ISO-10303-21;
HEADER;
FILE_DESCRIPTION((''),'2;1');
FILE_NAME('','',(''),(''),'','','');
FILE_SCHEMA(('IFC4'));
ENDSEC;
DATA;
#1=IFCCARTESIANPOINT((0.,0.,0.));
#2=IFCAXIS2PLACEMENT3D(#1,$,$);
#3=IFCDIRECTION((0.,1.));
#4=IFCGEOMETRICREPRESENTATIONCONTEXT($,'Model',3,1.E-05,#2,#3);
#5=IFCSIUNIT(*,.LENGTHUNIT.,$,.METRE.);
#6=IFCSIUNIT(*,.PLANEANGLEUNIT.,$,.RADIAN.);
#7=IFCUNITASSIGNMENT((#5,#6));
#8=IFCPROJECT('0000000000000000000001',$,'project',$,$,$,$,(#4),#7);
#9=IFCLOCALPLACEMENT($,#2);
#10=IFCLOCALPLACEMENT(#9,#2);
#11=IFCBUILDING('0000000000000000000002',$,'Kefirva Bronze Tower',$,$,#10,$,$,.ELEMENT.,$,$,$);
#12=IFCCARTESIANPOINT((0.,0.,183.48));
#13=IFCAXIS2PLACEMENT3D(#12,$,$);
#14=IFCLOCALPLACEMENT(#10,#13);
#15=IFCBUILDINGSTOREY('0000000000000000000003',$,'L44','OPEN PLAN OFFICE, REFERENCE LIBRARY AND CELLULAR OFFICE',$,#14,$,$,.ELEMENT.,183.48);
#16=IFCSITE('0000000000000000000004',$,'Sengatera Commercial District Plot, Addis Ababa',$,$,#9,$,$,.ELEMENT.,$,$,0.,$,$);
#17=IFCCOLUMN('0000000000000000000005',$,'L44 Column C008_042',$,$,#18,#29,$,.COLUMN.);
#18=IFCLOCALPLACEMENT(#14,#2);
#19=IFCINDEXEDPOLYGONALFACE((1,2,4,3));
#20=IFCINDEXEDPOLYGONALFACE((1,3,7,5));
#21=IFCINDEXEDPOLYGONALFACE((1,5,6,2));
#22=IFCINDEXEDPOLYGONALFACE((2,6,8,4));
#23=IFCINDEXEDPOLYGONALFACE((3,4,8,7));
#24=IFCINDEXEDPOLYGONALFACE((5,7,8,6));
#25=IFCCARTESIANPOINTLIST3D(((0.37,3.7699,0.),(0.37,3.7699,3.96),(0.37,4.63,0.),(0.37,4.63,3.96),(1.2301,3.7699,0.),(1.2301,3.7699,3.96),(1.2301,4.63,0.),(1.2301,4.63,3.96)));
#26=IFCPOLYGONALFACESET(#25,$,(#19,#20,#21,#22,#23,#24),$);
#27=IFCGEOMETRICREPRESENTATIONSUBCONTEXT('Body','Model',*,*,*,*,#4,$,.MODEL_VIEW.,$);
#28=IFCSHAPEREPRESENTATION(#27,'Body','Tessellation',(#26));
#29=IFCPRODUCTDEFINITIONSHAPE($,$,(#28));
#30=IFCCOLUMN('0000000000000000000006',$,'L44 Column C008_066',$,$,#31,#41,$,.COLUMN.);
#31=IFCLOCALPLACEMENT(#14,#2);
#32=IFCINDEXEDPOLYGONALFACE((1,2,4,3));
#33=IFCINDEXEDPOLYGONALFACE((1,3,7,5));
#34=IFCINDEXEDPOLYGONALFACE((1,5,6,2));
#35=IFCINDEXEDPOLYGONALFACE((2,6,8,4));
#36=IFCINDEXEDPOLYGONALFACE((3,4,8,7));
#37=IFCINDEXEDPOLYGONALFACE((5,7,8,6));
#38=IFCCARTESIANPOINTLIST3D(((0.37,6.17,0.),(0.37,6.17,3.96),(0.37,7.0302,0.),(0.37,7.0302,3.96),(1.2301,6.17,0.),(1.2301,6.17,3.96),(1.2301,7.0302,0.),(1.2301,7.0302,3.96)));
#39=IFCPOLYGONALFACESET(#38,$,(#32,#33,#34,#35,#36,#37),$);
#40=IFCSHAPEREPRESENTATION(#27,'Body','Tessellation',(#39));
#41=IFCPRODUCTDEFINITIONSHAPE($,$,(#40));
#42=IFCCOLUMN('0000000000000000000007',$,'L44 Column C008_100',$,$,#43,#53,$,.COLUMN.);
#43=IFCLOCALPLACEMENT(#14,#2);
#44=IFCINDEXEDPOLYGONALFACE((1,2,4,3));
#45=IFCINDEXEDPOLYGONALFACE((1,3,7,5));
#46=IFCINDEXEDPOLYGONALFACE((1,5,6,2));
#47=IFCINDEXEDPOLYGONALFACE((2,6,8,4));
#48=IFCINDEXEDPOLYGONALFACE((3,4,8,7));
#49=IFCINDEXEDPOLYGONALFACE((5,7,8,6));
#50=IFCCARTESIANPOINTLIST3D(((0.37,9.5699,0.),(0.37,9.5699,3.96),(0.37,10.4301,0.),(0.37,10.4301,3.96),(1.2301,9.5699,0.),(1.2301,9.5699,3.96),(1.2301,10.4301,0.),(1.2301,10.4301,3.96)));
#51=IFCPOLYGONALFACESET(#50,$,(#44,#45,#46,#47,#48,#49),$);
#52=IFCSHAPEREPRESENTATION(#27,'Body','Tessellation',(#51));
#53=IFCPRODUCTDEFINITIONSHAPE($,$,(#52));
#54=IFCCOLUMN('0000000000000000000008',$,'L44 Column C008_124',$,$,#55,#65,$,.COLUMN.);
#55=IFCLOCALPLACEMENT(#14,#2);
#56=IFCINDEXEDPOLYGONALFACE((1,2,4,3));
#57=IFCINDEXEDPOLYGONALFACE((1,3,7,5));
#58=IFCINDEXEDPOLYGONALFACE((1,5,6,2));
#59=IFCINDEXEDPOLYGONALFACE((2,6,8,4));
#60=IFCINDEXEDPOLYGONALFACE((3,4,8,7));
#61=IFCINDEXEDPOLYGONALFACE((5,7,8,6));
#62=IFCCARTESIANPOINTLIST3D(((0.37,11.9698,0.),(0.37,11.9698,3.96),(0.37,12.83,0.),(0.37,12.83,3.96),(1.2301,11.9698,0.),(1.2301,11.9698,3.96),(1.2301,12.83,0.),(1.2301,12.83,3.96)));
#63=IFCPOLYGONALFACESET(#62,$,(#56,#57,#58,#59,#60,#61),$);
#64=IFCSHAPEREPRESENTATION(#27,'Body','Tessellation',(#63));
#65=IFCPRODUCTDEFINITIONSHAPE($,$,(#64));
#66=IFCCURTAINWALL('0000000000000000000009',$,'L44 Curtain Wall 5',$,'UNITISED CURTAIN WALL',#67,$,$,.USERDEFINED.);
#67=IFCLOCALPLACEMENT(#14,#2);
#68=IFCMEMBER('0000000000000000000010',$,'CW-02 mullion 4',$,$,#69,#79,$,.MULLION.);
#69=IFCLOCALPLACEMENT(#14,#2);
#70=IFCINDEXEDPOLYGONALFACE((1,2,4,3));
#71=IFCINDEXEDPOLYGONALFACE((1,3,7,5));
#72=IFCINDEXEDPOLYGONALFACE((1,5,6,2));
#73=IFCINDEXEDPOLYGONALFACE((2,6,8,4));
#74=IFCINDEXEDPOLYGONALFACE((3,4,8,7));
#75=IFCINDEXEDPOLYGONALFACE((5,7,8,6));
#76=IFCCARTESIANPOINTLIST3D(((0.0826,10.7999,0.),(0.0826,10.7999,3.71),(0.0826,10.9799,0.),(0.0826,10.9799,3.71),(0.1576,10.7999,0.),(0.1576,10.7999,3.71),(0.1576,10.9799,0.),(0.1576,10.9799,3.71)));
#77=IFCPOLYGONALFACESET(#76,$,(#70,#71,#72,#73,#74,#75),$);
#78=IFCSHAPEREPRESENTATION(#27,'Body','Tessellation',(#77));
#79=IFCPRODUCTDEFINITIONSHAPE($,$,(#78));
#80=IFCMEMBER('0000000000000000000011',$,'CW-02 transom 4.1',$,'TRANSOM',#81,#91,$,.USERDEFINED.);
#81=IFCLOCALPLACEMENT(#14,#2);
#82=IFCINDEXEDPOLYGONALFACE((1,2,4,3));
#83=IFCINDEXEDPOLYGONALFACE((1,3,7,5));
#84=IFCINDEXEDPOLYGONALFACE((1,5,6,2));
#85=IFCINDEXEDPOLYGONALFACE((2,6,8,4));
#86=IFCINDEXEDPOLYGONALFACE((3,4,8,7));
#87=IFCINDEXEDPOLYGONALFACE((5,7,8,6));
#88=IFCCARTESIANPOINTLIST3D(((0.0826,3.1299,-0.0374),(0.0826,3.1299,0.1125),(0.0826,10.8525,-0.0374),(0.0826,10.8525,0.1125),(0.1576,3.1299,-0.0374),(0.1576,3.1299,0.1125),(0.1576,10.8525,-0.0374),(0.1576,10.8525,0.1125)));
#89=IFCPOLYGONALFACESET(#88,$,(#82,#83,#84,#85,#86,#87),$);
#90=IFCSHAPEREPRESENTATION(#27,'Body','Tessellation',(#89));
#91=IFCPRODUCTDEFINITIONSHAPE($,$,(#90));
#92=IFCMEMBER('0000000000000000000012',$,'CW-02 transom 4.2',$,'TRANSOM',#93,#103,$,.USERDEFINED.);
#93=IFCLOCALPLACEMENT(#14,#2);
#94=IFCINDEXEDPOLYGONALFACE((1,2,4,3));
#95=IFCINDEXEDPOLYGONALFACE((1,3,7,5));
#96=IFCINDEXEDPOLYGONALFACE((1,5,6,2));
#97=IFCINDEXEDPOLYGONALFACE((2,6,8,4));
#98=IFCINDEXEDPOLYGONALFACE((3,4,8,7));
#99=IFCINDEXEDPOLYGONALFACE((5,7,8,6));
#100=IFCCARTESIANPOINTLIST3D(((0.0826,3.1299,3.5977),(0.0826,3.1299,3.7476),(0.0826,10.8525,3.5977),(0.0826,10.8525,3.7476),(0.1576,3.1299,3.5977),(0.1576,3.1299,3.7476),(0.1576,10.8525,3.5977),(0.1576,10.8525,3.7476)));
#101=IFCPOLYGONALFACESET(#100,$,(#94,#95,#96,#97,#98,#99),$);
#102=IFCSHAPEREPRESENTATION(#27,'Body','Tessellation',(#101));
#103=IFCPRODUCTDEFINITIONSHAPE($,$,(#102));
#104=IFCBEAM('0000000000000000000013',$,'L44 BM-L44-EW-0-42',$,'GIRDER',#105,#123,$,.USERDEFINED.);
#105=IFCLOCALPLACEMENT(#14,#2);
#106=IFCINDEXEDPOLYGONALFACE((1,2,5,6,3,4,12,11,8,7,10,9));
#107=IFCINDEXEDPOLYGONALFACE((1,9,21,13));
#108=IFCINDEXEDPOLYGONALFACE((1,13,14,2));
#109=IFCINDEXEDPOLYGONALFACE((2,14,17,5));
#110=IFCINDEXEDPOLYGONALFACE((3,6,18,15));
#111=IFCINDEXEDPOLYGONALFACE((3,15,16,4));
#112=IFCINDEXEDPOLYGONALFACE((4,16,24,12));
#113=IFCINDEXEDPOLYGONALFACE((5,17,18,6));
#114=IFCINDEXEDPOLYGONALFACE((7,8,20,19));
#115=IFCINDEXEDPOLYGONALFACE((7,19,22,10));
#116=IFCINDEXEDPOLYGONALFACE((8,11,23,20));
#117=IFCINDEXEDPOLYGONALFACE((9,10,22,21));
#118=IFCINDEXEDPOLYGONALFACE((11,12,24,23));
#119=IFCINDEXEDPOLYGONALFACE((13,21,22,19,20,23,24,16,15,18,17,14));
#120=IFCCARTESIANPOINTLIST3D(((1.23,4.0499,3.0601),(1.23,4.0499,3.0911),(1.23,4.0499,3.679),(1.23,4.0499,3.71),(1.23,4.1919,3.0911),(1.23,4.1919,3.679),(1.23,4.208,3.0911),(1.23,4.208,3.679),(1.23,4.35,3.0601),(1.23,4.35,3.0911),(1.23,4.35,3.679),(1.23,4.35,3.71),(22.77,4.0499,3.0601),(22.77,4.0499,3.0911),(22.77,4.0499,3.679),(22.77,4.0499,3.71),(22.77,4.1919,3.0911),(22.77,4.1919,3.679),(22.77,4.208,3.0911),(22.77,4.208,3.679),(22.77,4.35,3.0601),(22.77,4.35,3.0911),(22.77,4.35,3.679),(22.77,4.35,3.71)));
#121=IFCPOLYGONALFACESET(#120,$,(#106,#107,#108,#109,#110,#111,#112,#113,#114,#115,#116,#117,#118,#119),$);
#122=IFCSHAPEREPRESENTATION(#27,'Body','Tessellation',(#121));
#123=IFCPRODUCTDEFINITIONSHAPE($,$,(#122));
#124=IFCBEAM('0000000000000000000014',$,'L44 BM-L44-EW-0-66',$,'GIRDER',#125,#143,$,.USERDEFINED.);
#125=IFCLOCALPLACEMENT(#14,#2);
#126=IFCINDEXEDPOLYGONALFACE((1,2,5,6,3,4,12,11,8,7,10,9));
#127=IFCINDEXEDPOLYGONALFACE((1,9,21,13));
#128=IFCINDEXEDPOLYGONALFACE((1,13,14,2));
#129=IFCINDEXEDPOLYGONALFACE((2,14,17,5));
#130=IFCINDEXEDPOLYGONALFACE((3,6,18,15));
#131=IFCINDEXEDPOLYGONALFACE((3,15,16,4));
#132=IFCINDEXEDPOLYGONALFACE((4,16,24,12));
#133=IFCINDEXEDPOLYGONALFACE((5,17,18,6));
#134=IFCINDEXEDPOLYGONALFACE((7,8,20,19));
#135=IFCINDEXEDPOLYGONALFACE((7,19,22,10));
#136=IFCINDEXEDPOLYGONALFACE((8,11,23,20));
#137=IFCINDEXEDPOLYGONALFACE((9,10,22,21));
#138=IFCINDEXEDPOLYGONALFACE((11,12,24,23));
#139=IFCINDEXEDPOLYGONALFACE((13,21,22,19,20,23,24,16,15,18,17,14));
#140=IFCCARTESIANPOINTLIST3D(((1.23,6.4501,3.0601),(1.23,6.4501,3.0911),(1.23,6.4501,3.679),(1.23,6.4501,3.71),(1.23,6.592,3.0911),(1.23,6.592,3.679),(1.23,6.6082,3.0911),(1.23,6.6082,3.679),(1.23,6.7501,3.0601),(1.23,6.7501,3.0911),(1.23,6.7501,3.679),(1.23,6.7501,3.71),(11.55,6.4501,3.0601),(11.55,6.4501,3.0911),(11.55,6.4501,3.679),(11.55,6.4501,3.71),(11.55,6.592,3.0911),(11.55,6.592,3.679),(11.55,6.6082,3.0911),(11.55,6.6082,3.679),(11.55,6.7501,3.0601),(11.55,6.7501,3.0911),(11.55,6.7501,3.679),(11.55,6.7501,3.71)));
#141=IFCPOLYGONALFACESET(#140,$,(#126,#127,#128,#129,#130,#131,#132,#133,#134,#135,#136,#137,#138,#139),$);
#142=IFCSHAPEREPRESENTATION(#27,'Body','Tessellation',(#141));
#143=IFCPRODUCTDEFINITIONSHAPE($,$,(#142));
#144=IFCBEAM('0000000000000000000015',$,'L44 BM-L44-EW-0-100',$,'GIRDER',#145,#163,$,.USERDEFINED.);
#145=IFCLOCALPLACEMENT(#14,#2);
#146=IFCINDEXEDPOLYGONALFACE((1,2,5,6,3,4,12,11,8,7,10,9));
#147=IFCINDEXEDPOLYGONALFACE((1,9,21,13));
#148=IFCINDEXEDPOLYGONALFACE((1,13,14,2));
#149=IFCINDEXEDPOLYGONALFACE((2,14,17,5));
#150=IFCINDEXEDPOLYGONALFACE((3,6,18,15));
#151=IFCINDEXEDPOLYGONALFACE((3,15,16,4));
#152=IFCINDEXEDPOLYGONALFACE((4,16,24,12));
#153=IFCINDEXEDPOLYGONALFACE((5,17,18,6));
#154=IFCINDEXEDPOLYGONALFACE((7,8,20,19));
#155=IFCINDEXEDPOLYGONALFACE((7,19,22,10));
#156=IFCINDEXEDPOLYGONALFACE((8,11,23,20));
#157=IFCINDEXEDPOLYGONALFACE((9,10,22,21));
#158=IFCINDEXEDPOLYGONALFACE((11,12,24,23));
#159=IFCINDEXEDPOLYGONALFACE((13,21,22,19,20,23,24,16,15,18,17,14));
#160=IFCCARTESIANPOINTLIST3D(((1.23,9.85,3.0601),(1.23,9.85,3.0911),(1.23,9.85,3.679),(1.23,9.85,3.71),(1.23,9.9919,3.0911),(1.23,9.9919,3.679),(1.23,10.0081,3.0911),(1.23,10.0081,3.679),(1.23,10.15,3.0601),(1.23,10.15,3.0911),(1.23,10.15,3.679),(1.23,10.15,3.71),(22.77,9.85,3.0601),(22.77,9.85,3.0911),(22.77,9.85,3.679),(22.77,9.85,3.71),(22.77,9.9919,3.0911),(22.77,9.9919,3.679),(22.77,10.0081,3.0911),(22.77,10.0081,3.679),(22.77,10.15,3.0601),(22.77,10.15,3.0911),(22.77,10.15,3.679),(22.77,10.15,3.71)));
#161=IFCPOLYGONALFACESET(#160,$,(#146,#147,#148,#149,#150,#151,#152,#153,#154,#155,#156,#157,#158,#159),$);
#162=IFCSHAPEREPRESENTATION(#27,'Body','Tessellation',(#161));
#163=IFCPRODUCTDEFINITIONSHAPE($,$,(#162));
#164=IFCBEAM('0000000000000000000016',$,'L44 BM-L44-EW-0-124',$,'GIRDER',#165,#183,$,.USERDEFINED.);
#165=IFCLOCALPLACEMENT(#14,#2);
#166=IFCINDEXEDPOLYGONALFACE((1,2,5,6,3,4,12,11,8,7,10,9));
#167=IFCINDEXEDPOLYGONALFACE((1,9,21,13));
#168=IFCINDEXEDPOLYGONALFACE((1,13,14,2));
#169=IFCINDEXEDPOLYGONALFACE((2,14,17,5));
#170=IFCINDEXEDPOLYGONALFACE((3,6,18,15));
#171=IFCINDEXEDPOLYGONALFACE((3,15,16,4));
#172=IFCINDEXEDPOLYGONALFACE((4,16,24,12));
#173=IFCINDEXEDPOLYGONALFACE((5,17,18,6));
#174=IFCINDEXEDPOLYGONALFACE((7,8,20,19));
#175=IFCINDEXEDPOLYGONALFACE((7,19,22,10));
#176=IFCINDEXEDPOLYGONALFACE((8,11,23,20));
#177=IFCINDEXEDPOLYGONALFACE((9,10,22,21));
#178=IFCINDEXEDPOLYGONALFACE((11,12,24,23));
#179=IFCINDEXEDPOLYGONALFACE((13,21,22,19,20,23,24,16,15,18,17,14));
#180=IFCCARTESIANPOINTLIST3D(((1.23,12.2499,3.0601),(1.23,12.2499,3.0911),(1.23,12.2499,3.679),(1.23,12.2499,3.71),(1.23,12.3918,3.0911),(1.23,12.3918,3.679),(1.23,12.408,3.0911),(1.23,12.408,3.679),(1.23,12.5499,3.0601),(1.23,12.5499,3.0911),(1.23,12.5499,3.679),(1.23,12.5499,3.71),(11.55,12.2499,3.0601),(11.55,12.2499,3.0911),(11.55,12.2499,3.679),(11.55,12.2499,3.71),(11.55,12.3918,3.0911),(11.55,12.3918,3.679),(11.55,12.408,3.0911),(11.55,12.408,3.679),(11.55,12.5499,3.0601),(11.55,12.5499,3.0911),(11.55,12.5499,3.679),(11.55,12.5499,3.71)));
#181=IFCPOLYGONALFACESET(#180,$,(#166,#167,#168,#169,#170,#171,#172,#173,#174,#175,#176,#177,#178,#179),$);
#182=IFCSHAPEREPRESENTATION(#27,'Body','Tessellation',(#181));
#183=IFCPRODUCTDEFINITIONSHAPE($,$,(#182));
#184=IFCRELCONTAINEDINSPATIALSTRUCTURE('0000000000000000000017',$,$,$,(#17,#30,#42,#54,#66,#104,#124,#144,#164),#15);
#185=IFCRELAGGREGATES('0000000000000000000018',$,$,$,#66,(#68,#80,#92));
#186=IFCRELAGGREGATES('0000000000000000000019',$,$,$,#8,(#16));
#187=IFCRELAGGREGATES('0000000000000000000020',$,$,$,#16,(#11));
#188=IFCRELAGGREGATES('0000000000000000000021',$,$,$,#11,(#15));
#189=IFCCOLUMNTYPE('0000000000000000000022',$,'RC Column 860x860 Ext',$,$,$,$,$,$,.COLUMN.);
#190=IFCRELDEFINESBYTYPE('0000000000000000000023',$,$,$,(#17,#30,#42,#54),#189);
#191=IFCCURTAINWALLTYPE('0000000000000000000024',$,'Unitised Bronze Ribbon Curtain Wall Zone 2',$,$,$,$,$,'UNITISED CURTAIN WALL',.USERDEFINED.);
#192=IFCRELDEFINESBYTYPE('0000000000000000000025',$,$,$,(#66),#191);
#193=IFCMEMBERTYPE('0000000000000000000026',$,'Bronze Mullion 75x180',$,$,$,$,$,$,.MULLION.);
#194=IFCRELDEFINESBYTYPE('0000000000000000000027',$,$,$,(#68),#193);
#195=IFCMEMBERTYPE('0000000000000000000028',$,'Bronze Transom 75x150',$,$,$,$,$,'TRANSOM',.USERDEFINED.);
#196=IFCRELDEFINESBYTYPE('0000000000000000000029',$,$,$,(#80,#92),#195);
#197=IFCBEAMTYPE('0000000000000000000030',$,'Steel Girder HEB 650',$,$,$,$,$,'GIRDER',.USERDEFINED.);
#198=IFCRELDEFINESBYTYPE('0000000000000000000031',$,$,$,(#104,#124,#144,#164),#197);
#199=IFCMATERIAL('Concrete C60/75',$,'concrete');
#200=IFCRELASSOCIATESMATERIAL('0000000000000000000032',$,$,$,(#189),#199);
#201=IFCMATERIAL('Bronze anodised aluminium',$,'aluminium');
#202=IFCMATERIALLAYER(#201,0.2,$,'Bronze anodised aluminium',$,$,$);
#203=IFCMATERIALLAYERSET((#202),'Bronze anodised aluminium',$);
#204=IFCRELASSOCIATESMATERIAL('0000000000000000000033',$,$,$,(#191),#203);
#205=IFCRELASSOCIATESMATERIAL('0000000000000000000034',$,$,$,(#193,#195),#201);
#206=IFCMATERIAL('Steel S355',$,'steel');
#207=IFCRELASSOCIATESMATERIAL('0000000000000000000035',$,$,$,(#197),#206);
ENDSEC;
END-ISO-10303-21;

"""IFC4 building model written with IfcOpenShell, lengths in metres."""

from ifc_helpers import new_model, si_unit, direction, frame, origin, origin_2d, place, context, subcontext, project, spatial, rectangle, i_section, extrude, material, layer, layer_set, material_profile, profile_set, type_object, element, aggregate, save


model = new_model("IFC4")

# Units and contexts
model_context = context("Model", 3, precision=1e-05, world=origin(), true_north=direction((0.0, 1.0)))
body_context = subcontext(model_context, "Body", "Model", "MODEL_VIEW")
ifc_project = project(units=[si_unit("LENGTHUNIT", "METRE"), si_unit("PLANEANGLEUNIT", "RADIAN")], contexts=[model_context])

# Site, building, storey
site_placement = place(None, origin())
site = spatial("IfcSite", under=ifc_project, at=site_placement, Name="Sengatera Commercial District Plot, Addis Ababa", CompositionType="ELEMENT", RefElevation=0.0)
building_placement = place(site_placement, origin())
building = spatial("IfcBuilding", under=site, at=building_placement, Name="Kefirva Bronze Tower", CompositionType="ELEMENT")
storey_placement = place(building_placement, frame((0.0, 0.0, 183.48)))
storey = spatial("IfcBuildingStorey", under=building, at=storey_placement, Name="L44", Description="OPEN PLAN OFFICE, REFERENCE LIBRARY AND CELLULAR OFFICE", CompositionType="ELEMENT", Elevation=183.48)

# Columns
ifc_material_1 = material(Name="Concrete C60/75", Category="concrete")
ifc_material_profile_1 = material_profile(ifc_material_1, rectangle(XDim=0.8601, YDim=0.8601, at=origin_2d()), Name="RC 860x860")
ifc_profile_set_1 = profile_set([ifc_material_profile_1], Name="Concrete C60/75")
column_type = type_object("IfcColumnType", Name="RC Column 860x860 Ext", PredefinedType="COLUMN", material=ifc_profile_set_1)
for number, where, z_axis, x_axis, name in (
    (1, (0.8, 4.2, 0.0), (0.0, 0.0, 1.0), (1.0, 0.0, 0.0), "L44 Column C008_042"),
    (2, (0.8, 6.6001, 0.0), (0.0, 0.0, 1.0), (1.0, 0.0, 0.0), "L44 Column C008_066"),
    (3, (0.8, 10.0, 0.0), (0.0, 0.0, 1.0), (1.0, 0.0, 0.0), "L44 Column C008_100"),
    (4, (0.8, 12.3999, 0.0), (0.0, 0.0, 1.0), (1.0, 0.0, 0.0), "L44 Column C008_124"),
):
    element("IfcColumn", number, at=place(storey_placement, frame(where, z_axis=z_axis, x_axis=x_axis)), inside=storey, type_object=column_type, Name=name, PredefinedType="COLUMN", context=body_context, shape_type="SweptSolid", body=[
        extrude(rectangle(XDim=0.8601, YDim=0.8601, at=origin_2d()), origin(), (0.0, 0.0, 1.0), 3.96),
    ])

# Curtain wall, members
ifc_material_2 = material(Name="Bronze anodised aluminium", Category="aluminium")
ifc_layer_1 = layer(ifc_material_2, 0.2, Name="Bronze anodised aluminium")
ifc_layer_set_1 = layer_set([ifc_layer_1], Name="Bronze anodised aluminium")
curtain_wall_type = type_object("IfcCurtainWallType", Name="Unitised Bronze Ribbon Curtain Wall Zone 2", ElementType="UNITISED CURTAIN WALL", PredefinedType="USERDEFINED", material=ifc_layer_set_1)
curtain_wall_placement = place(storey_placement, origin())
curtain_wall = element("IfcCurtainWall", 5, at=curtain_wall_placement, inside=storey, type_object=curtain_wall_type, Name="L44 Curtain Wall 5", ObjectType="UNITISED CURTAIN WALL", PredefinedType="USERDEFINED")
ifc_material_profile_2 = material_profile(ifc_material_2, rectangle(XDim=0.075, YDim=0.1799, at=origin_2d()), Name="ALU 75x180")
ifc_profile_set_2 = profile_set([ifc_material_profile_2], Name="Bronze anodised aluminium")
member_type_1 = type_object("IfcMemberType", Name="Bronze Mullion 75x180", PredefinedType="MULLION", material=ifc_profile_set_2)
member_1_placement = place(storey_placement, frame((0.1201, 10.8899, 0.0), z_axis=(0.0, 0.0, 1.0), x_axis=(1.0, 0.0, 0.0)))
member_1 = element("IfcMember", 6, at=member_1_placement, type_object=member_type_1, Name="CW-02 mullion 4", PredefinedType="MULLION", context=body_context, shape_type="SweptSolid", body=[
    extrude(rectangle(XDim=0.075, YDim=0.1799, at=origin_2d()), origin(), (0.0, 0.0, 1.0), 3.71),
])
ifc_material_profile_3 = material_profile(ifc_material_2, rectangle(XDim=0.075, YDim=0.1499, at=origin_2d()), Name="ALU 75x150")
ifc_profile_set_3 = profile_set([ifc_material_profile_3], Name="Bronze anodised aluminium")
member_type_2 = type_object("IfcMemberType", Name="Bronze Transom 75x150", ElementType="TRANSOM", PredefinedType="USERDEFINED", material=ifc_profile_set_3)
member_2_placement = place(storey_placement, frame((0.1201, 10.8525, 0.0376), z_axis=(0.0, -1.0, 0.0), x_axis=(1.0, 0.0, 0.0)))
member_2 = element("IfcMember", 7, at=member_2_placement, type_object=member_type_2, Name="CW-02 transom 4.1", ObjectType="TRANSOM", PredefinedType="USERDEFINED", context=body_context, shape_type="SweptSolid", body=[
    extrude(rectangle(XDim=0.075, YDim=0.1499, at=origin_2d()), origin(), (0.0, 0.0, 1.0), 7.7227),
])
member_3_placement = place(storey_placement, frame((0.1201, 10.8525, 3.6726), z_axis=(0.0, -1.0, 0.0), x_axis=(1.0, 0.0, 0.0)))
member_3 = element("IfcMember", 8, at=member_3_placement, type_object=member_type_2, Name="CW-02 transom 4.2", ObjectType="TRANSOM", PredefinedType="USERDEFINED", context=body_context, shape_type="SweptSolid", body=[
    extrude(rectangle(XDim=0.075, YDim=0.1499, at=origin_2d()), origin(), (0.0, 0.0, 1.0), 7.7227),
])
aggregate(curtain_wall, [member_1, member_2, member_3])

# Beams
ifc_material_3 = material(Name="Steel S355", Category="steel")
ifc_material_profile_4 = material_profile(ifc_material_3, i_section(OverallWidth=0.3, OverallDepth=0.6499, WebThickness=0.0161, FlangeThickness=0.031, at=origin_2d()), Name="HEB 650")
ifc_profile_set_4 = profile_set([ifc_material_profile_4], Name="Steel S355")
beam_type_1 = type_object("IfcBeamType", Name="Steel Girder HEB 650", ElementType="GIRDER", PredefinedType="USERDEFINED", material=ifc_profile_set_4)
beam_1_placement = place(storey_placement, frame((1.23, 4.2, 3.385), z_axis=(1.0, 0.0, 0.0), x_axis=(0.0, 1.0, 0.0)))
element("IfcBeam", 9, at=beam_1_placement, inside=storey, type_object=beam_type_1, Name="L44 BM-L44-EW-0-42", ObjectType="GIRDER", PredefinedType="USERDEFINED", context=body_context, shape_type="SweptSolid", body=[
    extrude(i_section(OverallWidth=0.3, OverallDepth=0.6499, WebThickness=0.0161, FlangeThickness=0.031, at=origin_2d()), origin(), (0.0, 0.0, 1.0), 21.54),
])
beam_2_placement = place(storey_placement, frame((1.23, 6.6001, 3.385), z_axis=(1.0, 0.0, 0.0), x_axis=(0.0, 1.0, 0.0)))
element("IfcBeam", 10, at=beam_2_placement, inside=storey, type_object=beam_type_1, Name="L44 BM-L44-EW-0-66", ObjectType="GIRDER", PredefinedType="USERDEFINED", context=body_context, shape_type="SweptSolid", body=[
    extrude(i_section(OverallWidth=0.3, OverallDepth=0.6499, WebThickness=0.0161, FlangeThickness=0.031, at=origin_2d()), origin(), (0.0, 0.0, 1.0), 10.3201),
])
beam_3_placement = place(storey_placement, frame((1.23, 10.0, 3.385), z_axis=(1.0, 0.0, 0.0), x_axis=(0.0, 1.0, 0.0)))
element("IfcBeam", 11, at=beam_3_placement, inside=storey, type_object=beam_type_1, Name="L44 BM-L44-EW-0-100", ObjectType="GIRDER", PredefinedType="USERDEFINED", context=body_context, shape_type="SweptSolid", body=[
    extrude(i_section(OverallWidth=0.3, OverallDepth=0.6499, WebThickness=0.0161, FlangeThickness=0.031, at=origin_2d()), origin(), (0.0, 0.0, 1.0), 21.54),
])
beam_4_placement = place(storey_placement, frame((1.23, 12.3999, 3.385), z_axis=(1.0, 0.0, 0.0), x_axis=(0.0, 1.0, 0.0)))
element("IfcBeam", 12, at=beam_4_placement, inside=storey, type_object=beam_type_1, Name="L44 BM-L44-EW-0-124", ObjectType="GIRDER", PredefinedType="USERDEFINED", context=body_context, shape_type="SweptSolid", body=[
    extrude(i_section(OverallWidth=0.3, OverallDepth=0.6499, WebThickness=0.0161, FlangeThickness=0.031, at=origin_2d()), origin(), (0.0, 0.0, 1.0), 10.3201),
])

save(model, "model.ifc")
